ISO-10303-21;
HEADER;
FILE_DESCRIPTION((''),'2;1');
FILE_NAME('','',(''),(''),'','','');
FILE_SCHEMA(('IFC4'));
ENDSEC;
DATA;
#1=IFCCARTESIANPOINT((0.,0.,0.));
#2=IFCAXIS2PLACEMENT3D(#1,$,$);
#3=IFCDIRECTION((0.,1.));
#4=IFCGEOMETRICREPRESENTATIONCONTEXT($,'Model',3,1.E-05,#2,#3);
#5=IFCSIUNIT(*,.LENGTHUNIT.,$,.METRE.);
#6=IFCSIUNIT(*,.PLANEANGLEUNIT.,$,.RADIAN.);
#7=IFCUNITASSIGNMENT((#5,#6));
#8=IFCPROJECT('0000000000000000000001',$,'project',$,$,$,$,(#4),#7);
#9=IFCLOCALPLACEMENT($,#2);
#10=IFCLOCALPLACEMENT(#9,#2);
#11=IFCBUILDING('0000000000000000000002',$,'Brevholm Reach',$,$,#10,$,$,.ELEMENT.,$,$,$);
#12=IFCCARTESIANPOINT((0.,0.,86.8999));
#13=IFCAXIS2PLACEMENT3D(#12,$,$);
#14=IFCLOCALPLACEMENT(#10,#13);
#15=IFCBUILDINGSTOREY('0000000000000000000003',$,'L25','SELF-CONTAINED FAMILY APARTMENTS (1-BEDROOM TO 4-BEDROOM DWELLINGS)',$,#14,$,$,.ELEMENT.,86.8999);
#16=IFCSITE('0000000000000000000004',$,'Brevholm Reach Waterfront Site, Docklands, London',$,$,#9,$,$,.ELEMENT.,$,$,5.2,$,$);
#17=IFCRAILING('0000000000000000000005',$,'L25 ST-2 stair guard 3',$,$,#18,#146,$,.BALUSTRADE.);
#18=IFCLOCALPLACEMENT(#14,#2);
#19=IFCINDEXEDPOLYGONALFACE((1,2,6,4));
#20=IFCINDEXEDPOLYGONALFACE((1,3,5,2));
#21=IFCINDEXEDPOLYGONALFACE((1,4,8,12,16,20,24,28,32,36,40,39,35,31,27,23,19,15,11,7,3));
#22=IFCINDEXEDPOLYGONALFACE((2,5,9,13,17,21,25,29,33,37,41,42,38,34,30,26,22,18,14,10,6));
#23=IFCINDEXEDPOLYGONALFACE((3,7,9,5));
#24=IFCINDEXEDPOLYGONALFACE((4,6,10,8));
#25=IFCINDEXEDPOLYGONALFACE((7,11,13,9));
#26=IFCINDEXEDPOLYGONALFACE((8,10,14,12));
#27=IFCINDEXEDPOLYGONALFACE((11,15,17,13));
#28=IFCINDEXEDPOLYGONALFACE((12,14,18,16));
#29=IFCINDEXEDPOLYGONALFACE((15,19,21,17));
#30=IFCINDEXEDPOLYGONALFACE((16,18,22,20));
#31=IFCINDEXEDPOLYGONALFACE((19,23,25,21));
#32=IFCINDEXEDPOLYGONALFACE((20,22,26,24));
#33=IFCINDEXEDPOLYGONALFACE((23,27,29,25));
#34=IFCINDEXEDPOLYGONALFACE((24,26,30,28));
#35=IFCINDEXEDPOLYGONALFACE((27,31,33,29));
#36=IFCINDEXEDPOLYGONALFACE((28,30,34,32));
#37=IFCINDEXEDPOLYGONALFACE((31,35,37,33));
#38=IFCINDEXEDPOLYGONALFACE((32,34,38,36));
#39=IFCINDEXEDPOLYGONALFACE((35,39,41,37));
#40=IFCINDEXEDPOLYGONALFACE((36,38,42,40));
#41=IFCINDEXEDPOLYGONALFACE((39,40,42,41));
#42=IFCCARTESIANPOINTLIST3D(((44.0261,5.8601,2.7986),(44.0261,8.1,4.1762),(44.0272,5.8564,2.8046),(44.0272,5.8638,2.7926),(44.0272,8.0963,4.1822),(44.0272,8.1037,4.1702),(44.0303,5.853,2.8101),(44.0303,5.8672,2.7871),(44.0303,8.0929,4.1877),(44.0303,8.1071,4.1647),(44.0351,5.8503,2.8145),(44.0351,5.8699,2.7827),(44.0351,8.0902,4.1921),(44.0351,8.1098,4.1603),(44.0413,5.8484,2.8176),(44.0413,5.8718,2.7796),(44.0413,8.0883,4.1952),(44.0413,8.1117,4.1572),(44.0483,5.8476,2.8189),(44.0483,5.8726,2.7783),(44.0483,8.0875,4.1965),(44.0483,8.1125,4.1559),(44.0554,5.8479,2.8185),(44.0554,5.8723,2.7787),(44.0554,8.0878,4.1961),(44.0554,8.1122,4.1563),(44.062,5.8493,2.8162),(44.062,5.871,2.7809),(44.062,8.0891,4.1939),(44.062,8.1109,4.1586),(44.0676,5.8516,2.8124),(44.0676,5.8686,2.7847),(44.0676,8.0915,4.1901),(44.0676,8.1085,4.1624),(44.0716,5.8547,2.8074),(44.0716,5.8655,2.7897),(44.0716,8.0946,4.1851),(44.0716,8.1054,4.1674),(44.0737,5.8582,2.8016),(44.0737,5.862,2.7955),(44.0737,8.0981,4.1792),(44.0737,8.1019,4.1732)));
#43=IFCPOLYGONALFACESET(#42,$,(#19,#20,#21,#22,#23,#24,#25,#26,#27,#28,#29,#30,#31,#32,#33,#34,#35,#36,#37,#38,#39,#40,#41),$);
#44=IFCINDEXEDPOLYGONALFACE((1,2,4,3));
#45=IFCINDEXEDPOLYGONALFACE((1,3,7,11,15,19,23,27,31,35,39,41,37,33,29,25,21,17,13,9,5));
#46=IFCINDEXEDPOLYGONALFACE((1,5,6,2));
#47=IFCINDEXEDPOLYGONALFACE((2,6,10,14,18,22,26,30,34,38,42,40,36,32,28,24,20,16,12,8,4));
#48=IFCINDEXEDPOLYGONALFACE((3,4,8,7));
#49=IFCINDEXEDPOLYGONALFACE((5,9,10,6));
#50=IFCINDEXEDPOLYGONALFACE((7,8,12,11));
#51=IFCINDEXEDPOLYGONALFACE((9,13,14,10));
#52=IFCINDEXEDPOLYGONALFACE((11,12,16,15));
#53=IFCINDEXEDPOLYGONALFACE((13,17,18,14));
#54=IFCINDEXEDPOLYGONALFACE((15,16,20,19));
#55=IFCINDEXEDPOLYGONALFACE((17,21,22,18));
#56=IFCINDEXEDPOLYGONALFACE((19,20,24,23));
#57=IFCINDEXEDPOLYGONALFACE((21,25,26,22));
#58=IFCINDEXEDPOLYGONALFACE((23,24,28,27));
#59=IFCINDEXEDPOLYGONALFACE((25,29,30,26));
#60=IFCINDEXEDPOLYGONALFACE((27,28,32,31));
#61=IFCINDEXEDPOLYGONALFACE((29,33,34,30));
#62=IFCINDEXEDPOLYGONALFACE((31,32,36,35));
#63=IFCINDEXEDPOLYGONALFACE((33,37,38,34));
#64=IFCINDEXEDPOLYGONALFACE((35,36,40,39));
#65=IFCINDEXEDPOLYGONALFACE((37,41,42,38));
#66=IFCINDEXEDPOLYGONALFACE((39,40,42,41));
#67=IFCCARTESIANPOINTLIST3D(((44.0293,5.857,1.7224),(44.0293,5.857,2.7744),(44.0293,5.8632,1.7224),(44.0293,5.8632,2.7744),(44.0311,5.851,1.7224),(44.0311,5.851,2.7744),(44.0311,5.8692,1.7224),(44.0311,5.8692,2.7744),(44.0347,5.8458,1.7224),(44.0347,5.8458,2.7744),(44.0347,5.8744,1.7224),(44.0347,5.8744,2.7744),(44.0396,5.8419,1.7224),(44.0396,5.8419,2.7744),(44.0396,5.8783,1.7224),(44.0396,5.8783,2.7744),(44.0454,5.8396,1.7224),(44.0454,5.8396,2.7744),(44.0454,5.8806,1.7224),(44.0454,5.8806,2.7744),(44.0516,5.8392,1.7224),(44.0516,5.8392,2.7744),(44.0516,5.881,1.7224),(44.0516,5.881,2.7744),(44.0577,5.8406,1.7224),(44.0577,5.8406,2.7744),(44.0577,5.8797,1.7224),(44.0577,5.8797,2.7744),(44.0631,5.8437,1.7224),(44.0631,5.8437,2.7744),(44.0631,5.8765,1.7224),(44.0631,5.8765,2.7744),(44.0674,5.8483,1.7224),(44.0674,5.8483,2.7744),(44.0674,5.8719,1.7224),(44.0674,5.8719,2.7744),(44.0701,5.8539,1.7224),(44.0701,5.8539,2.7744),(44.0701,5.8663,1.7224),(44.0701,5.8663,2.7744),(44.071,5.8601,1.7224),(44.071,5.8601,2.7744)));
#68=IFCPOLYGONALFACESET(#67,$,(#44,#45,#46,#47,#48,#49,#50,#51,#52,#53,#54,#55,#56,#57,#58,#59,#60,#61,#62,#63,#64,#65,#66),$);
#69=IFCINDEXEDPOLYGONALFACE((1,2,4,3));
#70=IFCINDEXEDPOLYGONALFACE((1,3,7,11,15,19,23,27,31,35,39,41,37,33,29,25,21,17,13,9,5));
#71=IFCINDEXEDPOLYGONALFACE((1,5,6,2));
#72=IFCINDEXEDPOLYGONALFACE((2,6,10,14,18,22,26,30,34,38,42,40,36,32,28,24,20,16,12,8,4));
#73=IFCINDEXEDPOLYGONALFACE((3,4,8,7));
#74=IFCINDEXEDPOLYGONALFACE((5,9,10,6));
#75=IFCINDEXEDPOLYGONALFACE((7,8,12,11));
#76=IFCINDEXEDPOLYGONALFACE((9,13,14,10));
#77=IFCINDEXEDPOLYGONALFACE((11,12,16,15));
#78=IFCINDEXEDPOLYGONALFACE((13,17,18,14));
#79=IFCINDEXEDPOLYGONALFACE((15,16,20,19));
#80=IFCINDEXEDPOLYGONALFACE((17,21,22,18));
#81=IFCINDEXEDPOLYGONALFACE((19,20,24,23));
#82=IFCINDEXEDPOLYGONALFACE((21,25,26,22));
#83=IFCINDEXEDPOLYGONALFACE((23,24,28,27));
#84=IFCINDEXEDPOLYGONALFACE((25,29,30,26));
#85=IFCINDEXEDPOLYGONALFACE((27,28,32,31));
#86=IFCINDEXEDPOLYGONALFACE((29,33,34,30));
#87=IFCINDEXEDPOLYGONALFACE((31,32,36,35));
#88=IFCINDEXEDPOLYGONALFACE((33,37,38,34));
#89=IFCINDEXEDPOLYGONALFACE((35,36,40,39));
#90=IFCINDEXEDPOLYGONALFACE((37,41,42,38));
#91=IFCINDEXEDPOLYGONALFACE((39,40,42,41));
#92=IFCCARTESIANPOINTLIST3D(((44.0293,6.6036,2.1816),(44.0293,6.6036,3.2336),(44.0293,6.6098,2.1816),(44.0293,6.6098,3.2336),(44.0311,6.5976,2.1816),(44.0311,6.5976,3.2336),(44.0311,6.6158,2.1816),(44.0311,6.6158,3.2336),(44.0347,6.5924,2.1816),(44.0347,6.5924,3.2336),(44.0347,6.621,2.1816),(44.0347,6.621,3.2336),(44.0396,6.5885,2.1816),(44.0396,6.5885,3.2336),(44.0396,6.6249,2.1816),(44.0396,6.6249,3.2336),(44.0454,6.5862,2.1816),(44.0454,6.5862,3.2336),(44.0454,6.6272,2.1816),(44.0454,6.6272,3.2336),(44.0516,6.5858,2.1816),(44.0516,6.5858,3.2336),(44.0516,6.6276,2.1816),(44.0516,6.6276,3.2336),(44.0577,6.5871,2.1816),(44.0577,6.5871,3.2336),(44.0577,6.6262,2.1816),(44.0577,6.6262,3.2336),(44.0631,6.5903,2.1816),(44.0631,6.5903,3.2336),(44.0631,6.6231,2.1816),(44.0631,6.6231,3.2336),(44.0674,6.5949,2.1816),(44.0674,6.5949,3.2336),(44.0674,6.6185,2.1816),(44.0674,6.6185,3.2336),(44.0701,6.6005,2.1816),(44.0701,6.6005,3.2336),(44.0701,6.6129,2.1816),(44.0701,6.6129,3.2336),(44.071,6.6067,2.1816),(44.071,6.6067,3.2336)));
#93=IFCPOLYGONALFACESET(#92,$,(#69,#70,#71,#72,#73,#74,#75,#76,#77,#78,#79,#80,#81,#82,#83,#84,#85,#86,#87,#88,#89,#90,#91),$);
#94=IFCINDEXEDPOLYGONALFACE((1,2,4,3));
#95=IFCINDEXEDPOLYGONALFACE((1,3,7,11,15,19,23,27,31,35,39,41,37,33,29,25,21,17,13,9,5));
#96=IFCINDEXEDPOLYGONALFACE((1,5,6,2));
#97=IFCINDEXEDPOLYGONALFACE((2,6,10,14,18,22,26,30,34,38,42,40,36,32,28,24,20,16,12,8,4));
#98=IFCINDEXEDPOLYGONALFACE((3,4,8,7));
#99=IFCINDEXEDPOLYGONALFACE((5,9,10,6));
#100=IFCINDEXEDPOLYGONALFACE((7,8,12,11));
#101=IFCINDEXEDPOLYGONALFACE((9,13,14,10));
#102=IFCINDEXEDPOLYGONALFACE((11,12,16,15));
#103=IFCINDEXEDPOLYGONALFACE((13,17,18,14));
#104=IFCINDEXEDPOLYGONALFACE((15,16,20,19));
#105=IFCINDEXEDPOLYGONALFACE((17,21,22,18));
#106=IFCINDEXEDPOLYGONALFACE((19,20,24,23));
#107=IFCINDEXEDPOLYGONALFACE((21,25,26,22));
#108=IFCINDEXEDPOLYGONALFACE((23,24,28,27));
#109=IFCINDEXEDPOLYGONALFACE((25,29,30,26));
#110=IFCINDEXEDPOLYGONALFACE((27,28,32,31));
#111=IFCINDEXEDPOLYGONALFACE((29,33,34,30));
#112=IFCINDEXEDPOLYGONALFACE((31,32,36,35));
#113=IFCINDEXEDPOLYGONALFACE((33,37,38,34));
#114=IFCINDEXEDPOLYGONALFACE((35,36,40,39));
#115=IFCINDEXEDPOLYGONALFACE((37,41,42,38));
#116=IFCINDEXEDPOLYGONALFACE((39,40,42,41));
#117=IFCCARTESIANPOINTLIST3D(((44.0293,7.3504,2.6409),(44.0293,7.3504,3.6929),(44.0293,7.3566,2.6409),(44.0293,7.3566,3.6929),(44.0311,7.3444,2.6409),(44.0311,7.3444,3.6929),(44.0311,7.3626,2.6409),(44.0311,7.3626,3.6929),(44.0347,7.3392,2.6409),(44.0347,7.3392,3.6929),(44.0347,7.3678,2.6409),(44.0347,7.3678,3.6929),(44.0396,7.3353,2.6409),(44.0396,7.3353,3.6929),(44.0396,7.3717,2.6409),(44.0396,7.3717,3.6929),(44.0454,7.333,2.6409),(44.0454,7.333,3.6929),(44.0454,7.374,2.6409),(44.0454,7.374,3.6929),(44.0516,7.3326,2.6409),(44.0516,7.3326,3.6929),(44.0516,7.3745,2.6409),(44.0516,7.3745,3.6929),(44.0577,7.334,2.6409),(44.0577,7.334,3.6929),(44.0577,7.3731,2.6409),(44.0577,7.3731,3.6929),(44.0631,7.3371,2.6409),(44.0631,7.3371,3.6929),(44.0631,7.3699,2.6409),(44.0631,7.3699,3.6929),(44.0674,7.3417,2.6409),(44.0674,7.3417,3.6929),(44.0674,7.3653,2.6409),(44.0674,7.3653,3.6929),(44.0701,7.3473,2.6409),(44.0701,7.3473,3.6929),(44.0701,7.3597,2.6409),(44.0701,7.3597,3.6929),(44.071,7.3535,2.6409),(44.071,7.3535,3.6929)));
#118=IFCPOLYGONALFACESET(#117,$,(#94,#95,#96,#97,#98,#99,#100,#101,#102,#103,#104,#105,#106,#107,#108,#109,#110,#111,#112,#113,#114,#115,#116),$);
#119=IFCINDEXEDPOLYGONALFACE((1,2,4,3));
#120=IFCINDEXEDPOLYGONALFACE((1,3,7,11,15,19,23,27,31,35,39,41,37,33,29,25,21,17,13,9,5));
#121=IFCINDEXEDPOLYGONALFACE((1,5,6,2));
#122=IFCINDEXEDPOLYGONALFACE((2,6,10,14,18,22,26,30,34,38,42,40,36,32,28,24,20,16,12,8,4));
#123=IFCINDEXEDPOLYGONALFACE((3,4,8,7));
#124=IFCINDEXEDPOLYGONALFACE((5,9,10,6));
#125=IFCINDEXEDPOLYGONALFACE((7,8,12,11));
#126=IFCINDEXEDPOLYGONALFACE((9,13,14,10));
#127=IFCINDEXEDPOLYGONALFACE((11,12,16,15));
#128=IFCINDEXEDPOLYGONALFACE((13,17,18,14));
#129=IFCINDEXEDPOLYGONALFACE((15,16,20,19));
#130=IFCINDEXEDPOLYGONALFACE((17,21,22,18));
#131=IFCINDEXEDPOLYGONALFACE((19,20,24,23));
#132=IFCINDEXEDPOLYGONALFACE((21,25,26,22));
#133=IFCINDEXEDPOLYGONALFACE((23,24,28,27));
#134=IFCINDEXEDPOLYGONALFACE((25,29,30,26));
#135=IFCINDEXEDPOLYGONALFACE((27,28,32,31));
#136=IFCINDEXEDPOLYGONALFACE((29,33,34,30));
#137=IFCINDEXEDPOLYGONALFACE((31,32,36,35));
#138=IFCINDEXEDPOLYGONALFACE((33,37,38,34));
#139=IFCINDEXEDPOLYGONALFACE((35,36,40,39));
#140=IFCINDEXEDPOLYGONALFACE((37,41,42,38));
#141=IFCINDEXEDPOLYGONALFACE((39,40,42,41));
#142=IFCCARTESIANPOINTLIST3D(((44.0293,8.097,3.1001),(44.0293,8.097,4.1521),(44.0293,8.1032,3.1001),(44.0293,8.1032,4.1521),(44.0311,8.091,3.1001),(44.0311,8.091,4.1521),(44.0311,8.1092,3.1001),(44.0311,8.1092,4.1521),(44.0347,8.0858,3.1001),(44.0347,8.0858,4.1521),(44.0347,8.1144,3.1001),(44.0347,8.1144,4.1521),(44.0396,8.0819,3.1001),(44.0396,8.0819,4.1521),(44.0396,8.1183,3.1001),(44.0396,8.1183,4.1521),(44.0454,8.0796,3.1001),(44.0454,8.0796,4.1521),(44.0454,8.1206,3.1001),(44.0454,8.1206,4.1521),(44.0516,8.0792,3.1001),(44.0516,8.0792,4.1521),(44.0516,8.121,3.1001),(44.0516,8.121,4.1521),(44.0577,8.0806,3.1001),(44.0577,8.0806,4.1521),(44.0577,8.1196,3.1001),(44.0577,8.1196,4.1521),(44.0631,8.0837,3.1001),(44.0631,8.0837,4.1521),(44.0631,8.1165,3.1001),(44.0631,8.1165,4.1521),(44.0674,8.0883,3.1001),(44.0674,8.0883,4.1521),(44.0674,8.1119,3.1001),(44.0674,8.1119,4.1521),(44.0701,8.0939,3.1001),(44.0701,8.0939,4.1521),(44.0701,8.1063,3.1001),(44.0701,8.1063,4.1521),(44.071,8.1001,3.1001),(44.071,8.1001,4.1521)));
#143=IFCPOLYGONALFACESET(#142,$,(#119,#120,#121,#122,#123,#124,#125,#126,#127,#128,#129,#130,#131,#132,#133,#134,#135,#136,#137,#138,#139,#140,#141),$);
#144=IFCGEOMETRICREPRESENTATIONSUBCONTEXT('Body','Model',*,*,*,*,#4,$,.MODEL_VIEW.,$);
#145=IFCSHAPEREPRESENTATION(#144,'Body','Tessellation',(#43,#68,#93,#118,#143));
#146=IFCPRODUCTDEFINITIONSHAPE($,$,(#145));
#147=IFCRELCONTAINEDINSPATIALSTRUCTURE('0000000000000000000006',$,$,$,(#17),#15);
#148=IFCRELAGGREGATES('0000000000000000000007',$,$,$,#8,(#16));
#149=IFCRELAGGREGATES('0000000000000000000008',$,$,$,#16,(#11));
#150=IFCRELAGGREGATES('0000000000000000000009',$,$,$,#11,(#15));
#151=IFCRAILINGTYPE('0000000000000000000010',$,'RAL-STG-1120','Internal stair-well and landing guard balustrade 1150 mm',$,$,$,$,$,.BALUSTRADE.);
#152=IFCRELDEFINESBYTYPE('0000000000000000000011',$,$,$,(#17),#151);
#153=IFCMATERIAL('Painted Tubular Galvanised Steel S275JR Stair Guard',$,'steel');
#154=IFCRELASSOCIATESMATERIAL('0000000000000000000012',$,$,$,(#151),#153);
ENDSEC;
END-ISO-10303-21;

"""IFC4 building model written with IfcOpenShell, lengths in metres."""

from ifc_helpers import new_model, si_unit, direction, frame, origin, origin_2d, place, context, subcontext, project, spatial, circle, extrude, material, type_object, element, save


model = new_model("IFC4")

# Units and contexts
model_context = context("Model", 3, precision=1e-05, world=origin(), true_north=direction((0.0, 1.0)))
body_context = subcontext(model_context, "Body", "Model", "MODEL_VIEW")
ifc_project = project(units=[si_unit("LENGTHUNIT", "METRE"), si_unit("PLANEANGLEUNIT", "RADIAN")], contexts=[model_context])

# Site, building, storey
site_placement = place(None, origin())
site = spatial("IfcSite", under=ifc_project, at=site_placement, Name="Brevholm Reach Waterfront Site, Docklands, London", CompositionType="ELEMENT", RefElevation=5.2)
building_placement = place(site_placement, origin())
building = spatial("IfcBuilding", under=site, at=building_placement, Name="Brevholm Reach", CompositionType="ELEMENT")
storey_placement = place(building_placement, frame((0.0, 0.0, 86.8999)))
storey = spatial("IfcBuildingStorey", under=building, at=storey_placement, Name="L25", Description="SELF-CONTAINED FAMILY APARTMENTS (1-BEDROOM TO 4-BEDROOM DWELLINGS)", CompositionType="ELEMENT", Elevation=86.8999)

# Railing
ifc_material_1 = material(Name="Painted Tubular Galvanised Steel S275JR Stair Guard", Category="steel")
railing_type_1 = type_object("IfcRailingType", Name="RAL-STG-1120", Description="Internal stair-well and landing guard balustrade 1150 mm", PredefinedType="BALUSTRADE", material=ifc_material_1)
railing_1_placement = place(storey_placement, frame((44.05, 5.8601, 1.7224)))
element("IfcRailing", 1, at=railing_1_placement, inside=storey, type_object=railing_type_1, Name="L25 ST-2 stair guard 3", PredefinedType="BALUSTRADE", context=body_context, shape_type="SweptSolid", body=[
    extrude(circle(Radius=0.0239, at=origin_2d()), frame((0.0, 0.0, 1.0762), z_axis=(0.0, 0.851789, 0.523885), x_axis=(-1.0, 0.0, 0.0)), (0.0, 0.0, 1.0), 2.6296),
    extrude(circle(Radius=0.021, at=origin_2d()), origin(), (0.0, 0.0, 1.0), 1.052),
    extrude(circle(Radius=0.021, at=origin_2d()), frame((0.0, 0.7466, 0.4592)), (0.0, 0.0, 1.0), 1.052),
    extrude(circle(Radius=0.021, at=origin_2d()), frame((0.0, 1.4934, 0.9185)), (0.0, 0.0, 1.0), 1.052),
    extrude(circle(Radius=0.021, at=origin_2d()), frame((0.0, 2.24, 1.3777)), (0.0, 0.0, 1.0), 1.052),
])

save(model, "model.ifc")
